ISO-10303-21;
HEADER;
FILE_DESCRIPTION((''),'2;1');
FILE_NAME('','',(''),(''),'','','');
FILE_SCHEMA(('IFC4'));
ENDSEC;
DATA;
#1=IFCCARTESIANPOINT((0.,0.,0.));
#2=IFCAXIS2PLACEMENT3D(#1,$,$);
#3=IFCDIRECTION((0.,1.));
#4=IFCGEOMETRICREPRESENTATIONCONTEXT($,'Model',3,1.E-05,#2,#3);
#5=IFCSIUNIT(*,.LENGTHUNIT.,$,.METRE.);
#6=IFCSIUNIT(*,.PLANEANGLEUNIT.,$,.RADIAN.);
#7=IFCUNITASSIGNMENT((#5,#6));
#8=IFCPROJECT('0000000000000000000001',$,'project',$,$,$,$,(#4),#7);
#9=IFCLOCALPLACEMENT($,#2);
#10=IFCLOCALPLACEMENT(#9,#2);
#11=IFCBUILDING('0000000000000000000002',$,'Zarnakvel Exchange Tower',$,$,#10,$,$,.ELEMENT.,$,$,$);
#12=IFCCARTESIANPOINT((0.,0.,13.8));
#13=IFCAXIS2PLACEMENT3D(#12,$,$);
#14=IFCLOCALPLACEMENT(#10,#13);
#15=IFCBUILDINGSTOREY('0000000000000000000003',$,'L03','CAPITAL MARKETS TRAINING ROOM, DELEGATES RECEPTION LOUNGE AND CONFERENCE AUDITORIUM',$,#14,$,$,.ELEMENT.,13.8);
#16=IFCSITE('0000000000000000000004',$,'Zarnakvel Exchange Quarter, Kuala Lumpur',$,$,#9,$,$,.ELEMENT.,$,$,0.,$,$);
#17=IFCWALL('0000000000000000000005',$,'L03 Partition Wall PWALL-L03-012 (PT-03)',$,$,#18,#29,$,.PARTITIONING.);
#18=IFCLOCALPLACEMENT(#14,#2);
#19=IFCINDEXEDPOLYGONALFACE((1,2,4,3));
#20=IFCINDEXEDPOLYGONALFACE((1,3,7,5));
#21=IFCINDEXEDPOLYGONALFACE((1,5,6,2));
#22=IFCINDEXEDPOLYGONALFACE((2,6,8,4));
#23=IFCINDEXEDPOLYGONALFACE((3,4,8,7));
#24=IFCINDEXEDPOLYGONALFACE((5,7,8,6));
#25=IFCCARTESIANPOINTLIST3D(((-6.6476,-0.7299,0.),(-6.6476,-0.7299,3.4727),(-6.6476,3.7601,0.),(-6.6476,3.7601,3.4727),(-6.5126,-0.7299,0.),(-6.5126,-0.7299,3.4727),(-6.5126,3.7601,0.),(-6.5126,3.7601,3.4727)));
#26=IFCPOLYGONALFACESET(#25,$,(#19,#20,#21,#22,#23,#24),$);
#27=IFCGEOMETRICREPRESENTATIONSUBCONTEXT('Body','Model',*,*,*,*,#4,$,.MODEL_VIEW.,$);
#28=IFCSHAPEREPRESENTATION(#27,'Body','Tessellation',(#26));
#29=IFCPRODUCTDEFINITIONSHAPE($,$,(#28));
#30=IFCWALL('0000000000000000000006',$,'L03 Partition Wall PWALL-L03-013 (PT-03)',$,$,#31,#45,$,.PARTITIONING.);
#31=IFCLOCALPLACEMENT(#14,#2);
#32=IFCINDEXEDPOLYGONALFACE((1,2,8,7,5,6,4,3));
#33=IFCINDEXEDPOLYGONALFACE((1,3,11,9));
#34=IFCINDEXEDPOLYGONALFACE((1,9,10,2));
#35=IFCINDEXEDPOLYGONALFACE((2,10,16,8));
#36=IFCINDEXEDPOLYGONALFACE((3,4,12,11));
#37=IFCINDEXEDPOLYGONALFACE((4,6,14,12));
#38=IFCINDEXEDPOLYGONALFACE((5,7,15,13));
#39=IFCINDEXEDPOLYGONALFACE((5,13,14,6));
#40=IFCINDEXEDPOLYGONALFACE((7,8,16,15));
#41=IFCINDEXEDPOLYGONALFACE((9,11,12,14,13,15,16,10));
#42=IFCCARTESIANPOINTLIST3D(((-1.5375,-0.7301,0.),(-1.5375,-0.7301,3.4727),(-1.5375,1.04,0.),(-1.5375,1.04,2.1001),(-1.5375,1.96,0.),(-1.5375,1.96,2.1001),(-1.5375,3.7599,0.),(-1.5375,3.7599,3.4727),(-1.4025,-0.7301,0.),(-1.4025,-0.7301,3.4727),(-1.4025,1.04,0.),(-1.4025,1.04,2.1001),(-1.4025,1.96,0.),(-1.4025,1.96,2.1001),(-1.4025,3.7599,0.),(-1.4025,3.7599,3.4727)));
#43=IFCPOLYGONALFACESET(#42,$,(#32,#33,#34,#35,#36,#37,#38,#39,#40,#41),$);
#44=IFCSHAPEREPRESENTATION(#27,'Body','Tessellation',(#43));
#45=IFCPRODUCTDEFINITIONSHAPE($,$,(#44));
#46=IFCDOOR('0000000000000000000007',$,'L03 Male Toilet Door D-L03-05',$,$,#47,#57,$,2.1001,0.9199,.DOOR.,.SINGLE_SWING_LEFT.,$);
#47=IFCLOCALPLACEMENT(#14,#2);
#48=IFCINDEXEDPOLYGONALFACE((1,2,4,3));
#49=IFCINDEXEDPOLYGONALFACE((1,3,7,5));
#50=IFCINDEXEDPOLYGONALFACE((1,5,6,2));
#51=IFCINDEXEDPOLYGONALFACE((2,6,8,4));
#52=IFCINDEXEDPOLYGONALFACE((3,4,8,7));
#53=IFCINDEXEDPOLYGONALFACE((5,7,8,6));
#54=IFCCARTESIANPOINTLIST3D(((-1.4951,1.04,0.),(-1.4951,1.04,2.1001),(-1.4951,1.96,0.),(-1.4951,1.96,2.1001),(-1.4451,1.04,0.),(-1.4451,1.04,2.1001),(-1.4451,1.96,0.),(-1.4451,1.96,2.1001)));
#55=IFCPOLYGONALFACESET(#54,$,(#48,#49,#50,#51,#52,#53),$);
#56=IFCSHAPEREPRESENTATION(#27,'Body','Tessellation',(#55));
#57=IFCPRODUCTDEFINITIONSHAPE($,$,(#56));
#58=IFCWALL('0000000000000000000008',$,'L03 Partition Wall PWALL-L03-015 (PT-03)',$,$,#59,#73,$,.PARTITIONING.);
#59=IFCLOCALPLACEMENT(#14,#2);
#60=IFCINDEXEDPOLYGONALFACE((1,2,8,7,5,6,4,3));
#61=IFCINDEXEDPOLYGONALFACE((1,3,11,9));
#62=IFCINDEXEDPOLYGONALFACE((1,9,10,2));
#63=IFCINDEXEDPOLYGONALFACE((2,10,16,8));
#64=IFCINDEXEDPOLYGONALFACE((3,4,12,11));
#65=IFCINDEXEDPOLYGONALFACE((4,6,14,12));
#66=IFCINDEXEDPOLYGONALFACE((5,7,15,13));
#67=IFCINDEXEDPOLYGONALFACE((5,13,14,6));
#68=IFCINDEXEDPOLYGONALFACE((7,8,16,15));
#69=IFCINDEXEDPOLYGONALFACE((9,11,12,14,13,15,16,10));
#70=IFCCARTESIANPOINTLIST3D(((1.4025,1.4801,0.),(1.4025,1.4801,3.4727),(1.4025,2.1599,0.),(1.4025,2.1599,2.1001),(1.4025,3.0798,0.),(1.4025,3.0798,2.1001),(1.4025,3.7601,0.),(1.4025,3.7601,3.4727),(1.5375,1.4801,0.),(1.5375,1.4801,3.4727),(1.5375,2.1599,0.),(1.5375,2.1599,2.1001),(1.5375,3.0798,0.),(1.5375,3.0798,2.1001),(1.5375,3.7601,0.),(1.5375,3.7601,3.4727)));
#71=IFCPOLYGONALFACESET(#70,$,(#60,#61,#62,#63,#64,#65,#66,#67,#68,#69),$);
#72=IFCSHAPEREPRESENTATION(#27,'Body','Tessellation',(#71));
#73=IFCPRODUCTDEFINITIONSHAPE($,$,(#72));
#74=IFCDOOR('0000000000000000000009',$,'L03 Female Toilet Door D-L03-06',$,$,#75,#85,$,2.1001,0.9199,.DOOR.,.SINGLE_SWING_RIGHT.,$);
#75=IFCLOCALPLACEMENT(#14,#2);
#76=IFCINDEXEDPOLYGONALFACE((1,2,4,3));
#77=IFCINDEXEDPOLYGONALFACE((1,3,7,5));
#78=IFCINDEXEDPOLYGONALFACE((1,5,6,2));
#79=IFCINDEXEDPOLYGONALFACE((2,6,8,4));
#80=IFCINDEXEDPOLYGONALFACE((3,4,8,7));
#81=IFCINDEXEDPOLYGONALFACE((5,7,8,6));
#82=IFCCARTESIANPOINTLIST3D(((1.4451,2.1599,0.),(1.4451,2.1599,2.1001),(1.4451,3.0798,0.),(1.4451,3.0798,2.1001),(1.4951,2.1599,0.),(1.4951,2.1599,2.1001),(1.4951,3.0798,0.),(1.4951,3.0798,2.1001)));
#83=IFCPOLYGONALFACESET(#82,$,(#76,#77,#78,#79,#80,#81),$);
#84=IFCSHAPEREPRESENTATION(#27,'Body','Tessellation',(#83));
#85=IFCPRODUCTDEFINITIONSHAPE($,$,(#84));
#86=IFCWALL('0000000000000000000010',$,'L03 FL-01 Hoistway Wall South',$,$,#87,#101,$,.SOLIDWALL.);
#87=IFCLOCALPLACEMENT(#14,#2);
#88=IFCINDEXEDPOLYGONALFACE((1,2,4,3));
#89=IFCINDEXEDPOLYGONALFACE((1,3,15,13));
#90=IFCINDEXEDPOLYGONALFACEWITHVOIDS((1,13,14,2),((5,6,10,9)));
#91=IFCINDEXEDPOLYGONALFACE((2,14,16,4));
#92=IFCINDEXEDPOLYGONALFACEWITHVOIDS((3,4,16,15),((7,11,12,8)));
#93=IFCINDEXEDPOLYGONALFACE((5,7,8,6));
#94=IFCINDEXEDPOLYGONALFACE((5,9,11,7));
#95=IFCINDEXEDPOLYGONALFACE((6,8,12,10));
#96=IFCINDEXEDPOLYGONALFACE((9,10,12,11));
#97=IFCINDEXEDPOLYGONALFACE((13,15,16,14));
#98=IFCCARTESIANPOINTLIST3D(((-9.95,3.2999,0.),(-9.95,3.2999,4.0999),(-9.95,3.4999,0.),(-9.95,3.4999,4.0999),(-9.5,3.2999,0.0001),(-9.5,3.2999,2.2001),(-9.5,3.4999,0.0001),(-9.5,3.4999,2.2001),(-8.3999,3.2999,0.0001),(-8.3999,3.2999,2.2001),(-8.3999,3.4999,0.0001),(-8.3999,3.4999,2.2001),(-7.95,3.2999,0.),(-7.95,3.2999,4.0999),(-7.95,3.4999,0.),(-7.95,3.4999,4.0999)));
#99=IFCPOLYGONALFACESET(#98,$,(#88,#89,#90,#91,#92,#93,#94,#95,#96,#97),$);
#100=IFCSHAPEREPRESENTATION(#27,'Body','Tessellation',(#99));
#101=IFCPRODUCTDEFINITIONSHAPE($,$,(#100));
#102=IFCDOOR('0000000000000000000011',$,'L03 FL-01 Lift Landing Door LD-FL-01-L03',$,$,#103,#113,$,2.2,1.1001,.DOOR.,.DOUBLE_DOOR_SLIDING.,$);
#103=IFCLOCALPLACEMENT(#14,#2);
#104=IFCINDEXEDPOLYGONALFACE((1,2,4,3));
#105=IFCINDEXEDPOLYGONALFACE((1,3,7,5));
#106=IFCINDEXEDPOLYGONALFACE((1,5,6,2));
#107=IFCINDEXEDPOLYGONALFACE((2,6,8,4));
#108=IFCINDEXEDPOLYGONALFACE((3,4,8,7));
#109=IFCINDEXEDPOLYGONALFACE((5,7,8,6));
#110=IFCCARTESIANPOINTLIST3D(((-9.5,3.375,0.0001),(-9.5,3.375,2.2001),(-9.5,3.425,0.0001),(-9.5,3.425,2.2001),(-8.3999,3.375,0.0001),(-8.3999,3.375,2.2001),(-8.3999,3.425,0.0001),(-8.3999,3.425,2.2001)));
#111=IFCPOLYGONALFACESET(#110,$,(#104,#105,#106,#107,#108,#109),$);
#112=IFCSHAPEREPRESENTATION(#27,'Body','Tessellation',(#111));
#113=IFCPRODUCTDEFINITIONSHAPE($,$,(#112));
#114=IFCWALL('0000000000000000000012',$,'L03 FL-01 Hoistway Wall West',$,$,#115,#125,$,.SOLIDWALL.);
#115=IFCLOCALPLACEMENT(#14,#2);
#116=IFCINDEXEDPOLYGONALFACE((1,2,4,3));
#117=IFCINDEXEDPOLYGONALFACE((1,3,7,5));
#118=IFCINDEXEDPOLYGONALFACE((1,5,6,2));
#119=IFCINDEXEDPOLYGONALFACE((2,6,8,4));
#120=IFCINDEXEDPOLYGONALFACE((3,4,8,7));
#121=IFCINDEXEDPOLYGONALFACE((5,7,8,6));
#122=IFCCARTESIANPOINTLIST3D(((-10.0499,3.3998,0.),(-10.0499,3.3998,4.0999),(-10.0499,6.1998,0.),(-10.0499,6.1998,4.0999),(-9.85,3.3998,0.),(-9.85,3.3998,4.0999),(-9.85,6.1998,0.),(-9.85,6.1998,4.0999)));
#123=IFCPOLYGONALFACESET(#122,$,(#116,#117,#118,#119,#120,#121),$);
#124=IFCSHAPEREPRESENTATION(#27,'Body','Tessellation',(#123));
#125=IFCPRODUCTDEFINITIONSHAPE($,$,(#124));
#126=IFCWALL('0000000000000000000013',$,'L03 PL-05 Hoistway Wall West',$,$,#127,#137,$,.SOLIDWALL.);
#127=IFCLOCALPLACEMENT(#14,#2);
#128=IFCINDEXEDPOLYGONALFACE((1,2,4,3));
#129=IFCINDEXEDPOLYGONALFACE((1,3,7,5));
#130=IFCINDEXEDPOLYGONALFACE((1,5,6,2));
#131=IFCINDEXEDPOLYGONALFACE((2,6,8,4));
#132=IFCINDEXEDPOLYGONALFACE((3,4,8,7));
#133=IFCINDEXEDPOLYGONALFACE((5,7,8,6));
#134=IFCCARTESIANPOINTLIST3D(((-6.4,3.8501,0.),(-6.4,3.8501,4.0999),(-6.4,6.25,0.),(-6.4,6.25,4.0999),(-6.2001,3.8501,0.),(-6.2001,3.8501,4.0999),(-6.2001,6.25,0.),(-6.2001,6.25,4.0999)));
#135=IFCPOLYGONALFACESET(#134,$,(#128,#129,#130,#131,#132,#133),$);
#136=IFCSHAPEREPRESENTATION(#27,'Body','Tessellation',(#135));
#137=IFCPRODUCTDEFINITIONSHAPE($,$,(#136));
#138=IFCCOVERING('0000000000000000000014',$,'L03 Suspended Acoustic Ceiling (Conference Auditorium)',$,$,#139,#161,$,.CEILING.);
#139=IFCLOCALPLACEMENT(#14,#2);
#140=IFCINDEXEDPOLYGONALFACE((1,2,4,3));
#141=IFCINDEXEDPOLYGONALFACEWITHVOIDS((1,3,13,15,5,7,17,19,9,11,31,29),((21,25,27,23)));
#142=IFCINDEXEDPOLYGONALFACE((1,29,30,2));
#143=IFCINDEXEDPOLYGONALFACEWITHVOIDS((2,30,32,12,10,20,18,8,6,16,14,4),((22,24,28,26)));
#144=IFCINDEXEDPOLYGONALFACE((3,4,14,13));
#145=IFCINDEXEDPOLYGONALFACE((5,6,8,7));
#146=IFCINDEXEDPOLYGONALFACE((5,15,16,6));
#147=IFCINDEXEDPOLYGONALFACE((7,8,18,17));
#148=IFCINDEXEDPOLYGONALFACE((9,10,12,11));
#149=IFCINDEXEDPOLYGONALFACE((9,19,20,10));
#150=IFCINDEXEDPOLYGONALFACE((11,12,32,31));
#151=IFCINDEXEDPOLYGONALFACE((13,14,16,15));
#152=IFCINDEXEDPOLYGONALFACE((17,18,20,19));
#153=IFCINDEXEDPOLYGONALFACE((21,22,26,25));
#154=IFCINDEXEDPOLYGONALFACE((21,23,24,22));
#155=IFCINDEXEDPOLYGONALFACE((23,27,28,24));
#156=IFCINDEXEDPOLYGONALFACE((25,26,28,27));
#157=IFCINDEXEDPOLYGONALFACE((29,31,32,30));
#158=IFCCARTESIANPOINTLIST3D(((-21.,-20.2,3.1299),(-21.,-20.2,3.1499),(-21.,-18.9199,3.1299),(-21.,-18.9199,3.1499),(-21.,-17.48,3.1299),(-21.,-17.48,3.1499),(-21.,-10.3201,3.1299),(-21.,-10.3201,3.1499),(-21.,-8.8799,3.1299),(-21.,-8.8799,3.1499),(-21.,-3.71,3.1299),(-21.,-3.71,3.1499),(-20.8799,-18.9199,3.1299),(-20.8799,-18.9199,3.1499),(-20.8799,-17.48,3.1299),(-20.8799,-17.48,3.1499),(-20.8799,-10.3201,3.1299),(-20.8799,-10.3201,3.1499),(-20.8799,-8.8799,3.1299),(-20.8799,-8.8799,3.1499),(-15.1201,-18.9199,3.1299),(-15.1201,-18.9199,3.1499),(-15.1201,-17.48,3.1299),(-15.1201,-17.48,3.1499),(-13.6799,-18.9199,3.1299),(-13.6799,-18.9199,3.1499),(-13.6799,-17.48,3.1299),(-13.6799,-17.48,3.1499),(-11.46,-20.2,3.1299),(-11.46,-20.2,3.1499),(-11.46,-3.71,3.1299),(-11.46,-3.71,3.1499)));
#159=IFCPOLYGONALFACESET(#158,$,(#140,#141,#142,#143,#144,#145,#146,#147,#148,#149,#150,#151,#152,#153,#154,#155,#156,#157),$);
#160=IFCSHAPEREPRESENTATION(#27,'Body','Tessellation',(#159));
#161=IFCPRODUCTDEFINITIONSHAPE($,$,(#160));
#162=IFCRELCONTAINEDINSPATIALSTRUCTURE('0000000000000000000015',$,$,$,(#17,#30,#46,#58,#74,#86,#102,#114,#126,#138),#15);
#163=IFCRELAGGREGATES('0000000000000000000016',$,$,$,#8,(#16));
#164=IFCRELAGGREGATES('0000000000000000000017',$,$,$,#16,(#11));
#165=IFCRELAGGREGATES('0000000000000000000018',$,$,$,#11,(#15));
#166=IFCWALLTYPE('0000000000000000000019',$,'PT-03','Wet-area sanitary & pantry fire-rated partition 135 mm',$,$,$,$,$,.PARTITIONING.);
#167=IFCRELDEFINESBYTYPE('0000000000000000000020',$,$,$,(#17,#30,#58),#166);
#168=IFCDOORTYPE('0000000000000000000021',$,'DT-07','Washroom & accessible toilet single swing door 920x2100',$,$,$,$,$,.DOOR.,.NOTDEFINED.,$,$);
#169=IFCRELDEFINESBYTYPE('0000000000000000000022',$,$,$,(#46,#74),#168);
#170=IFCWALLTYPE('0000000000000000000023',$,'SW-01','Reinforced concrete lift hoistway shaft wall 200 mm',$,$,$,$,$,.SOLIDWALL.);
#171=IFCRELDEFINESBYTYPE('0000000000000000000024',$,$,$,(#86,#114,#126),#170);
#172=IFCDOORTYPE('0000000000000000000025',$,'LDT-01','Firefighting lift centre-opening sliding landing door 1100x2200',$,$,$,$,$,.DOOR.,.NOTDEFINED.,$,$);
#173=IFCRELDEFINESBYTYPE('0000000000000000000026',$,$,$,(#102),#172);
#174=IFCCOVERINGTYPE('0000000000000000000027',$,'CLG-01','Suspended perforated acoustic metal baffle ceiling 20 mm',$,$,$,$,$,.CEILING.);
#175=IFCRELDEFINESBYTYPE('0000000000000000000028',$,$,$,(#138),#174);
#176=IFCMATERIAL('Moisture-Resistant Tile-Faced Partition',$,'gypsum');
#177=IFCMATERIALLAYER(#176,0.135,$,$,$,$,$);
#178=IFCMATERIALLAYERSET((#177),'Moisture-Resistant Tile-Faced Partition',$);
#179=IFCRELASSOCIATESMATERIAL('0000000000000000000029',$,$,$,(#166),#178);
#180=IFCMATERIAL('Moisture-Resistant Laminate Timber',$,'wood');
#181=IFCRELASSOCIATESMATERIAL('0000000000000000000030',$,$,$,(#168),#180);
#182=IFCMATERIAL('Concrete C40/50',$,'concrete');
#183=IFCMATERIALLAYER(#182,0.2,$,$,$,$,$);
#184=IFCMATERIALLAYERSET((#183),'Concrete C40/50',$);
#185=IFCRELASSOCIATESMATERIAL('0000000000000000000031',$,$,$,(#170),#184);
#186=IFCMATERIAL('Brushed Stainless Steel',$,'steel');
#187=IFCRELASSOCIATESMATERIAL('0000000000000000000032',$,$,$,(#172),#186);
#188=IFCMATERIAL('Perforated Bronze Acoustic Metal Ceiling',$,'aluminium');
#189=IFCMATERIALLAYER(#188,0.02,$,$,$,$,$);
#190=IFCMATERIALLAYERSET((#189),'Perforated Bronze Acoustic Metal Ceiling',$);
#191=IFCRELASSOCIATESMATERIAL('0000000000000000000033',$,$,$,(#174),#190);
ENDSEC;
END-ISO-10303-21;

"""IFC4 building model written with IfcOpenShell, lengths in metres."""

from ifc_helpers import new_model, si_unit, direction, frame, frame_2d, origin, place, context, subcontext, project, spatial, polyline, rectangle, outline, extrude, source, transform, mapped, material, layer, layer_set, type_object, element, fill, save


model = new_model("IFC4")

# Units and contexts
model_context = context("Model", 3, precision=1e-05, world=origin(), true_north=direction((0.0, 1.0)))
body_context = subcontext(model_context, "Body", "Model", "MODEL_VIEW")
ifc_project = project(units=[si_unit("LENGTHUNIT", "METRE"), si_unit("PLANEANGLEUNIT", "RADIAN")], contexts=[model_context])

# Site, building, storey
site_placement = place(None, origin())
site = spatial("IfcSite", under=ifc_project, at=site_placement, Name="Zarnakvel Exchange Quarter, Kuala Lumpur", CompositionType="ELEMENT", RefElevation=0.0)
building_placement = place(site_placement, origin())
building = spatial("IfcBuilding", under=site, at=building_placement, Name="Zarnakvel Exchange Tower", CompositionType="ELEMENT")
storey_placement = place(building_placement, frame((0.0, 0.0, 13.8)))
storey = spatial("IfcBuildingStorey", under=building, at=storey_placement, Name="L03", Description="CAPITAL MARKETS TRAINING ROOM, DELEGATES RECEPTION LOUNGE AND CONFERENCE AUDITORIUM", CompositionType="ELEMENT", Elevation=13.8)

# Shared definitions
ifc_material_1 = material(Name="Concrete C40/50", Category="concrete")

# Wall
ifc_material_2 = material(Name="Moisture-Resistant Tile-Faced Partition", Category="gypsum")
ifc_layer_1 = layer(ifc_material_2, 0.135)
ifc_layer_set_1 = layer_set([ifc_layer_1], Name="Moisture-Resistant Tile-Faced Partition")
wall_type_1 = type_object("IfcWallType", Name="PT-03", Description="Wet-area sanitary & pantry fire-rated partition 135 mm", PredefinedType="PARTITIONING", material=ifc_layer_set_1)
wall_1_placement = place(storey_placement, frame((-6.5801, -0.73, 0.0), z_axis=(0.0, 0.0, 1.0), x_axis=(0.0, 1.0, 0.0)))
element("IfcWall", 1, at=wall_1_placement, inside=storey, type_object=wall_type_1, Name="L03 Partition Wall PWALL-L03-012 (PT-03)", PredefinedType="PARTITIONING", context=body_context, shape_type="SweptSolid", body=[
    extrude(rectangle(XDim=4.49, YDim=0.135, at=frame_2d((2.2451, 0.0))), origin(), (0.0, 0.0, 1.0), 3.4727),
])

# Walls, openings, doors
wall_2_placement = place(storey_placement, frame((-1.47, 3.76, 0.0), z_axis=(0.0, 0.0, 1.0), x_axis=(0.0, -1.0, 0.0)))
wall_2 = element("IfcWall", 2, at=wall_2_placement, inside=storey, type_object=wall_type_1, Name="L03 Partition Wall PWALL-L03-013 (PT-03)", PredefinedType="PARTITIONING", context=body_context, shape_type="SweptSolid", body=[
    extrude(rectangle(XDim=4.49, YDim=0.135, at=frame_2d((2.2451, 0.0))), origin(), (0.0, 0.0, 1.0), 3.4727),
])
opening_1_placement = place(wall_2_placement, frame((1.8, 0.0, 0.0)))
opening_1 = element("IfcOpeningElement", 3, at=opening_1_placement, cuts=wall_2, PredefinedType="OPENING", context=body_context, shape_type="SweptSolid", body=[
    extrude(rectangle(XDim=0.9199, YDim=2.1001, at=frame_2d((0.46, 1.05))), frame((0.0, 0.0774, 0.0), z_axis=(0.0, -1.0, 0.0), x_axis=(1.0, 0.0, 0.0)), (0.0, 0.0, 1.0), 0.155),
])
ifc_material_3 = material(Name="Moisture-Resistant Laminate Timber", Category="wood")
door_type_1 = type_object("IfcDoorType", Name="DT-07", Description="Washroom & accessible toilet single swing door 920x2100", OperationType="NOTDEFINED", PredefinedType="DOOR", material=ifc_material_3)
shared_shape_1 = source(origin(), body_context, "Body", "SweptSolid", [
    extrude(rectangle(XDim=0.9199, YDim=2.1001, at=frame_2d((0.46, 1.05))), frame((0.0, 0.0249, 0.0), z_axis=(0.0, -1.0, 0.0), x_axis=(1.0, 0.0, 0.0)), (0.0, 0.0, 1.0), 0.05),
])
door_1_placement = place(opening_1_placement, origin())
door_1 = element("IfcDoor", 4, at=door_1_placement, inside=storey, type_object=door_type_1, Name="L03 Male Toilet Door D-L03-05", OperationType="SINGLE_SWING_LEFT", OverallHeight=2.1001, OverallWidth=0.9199, PredefinedType="DOOR", context=body_context, shape_type="MappedRepresentation", body=[
    mapped(shared_shape_1, transform((0.0, 0.0, 0.0), x_axis=(1.0, 0.0, 0.0), y_axis=(0.0, 1.0, 0.0), z_axis=(0.0, 0.0, 1.0), scale=1.0)),
])
fill(opening_1, door_1)
wall_3_placement = place(storey_placement, frame((1.47, 1.48, 0.0), z_axis=(0.0, 0.0, 1.0), x_axis=(0.0, 1.0, 0.0)))
wall_3 = element("IfcWall", 5, at=wall_3_placement, inside=storey, type_object=wall_type_1, Name="L03 Partition Wall PWALL-L03-015 (PT-03)", PredefinedType="PARTITIONING", context=body_context, shape_type="SweptSolid", body=[
    extrude(rectangle(XDim=2.28, YDim=0.135, at=frame_2d((1.1401, 0.0))), origin(), (0.0, 0.0, 1.0), 3.4727),
])
opening_2_placement = place(wall_3_placement, frame((0.6799, 0.0, 0.0)))
opening_2 = element("IfcOpeningElement", 6, at=opening_2_placement, cuts=wall_3, PredefinedType="OPENING", context=body_context, shape_type="SweptSolid", body=[
    extrude(rectangle(XDim=0.9199, YDim=2.1001, at=frame_2d((0.46, 1.05))), frame((0.0, 0.0774, 0.0), z_axis=(0.0, -1.0, 0.0), x_axis=(1.0, 0.0, 0.0)), (0.0, 0.0, 1.0), 0.155),
])
door_2_placement = place(opening_2_placement, origin())
door_2 = element("IfcDoor", 7, at=door_2_placement, inside=storey, type_object=door_type_1, Name="L03 Female Toilet Door D-L03-06", OperationType="SINGLE_SWING_RIGHT", OverallHeight=2.1001, OverallWidth=0.9199, PredefinedType="DOOR", context=body_context, shape_type="MappedRepresentation", body=[
    mapped(shared_shape_1, transform((0.0, 0.0, 0.0), x_axis=(1.0, 0.0, 0.0), y_axis=(0.0, 1.0, 0.0), z_axis=(0.0, 0.0, 1.0), scale=1.0)),
])
fill(opening_2, door_2)
ifc_layer_2 = layer(ifc_material_1, 0.2)
ifc_layer_set_2 = layer_set([ifc_layer_2], Name="Concrete C40/50")
wall_type_2 = type_object("IfcWallType", Name="SW-01", Description="Reinforced concrete lift hoistway shaft wall 200 mm", PredefinedType="SOLIDWALL", material=ifc_layer_set_2)
wall_4_placement = place(storey_placement, frame((-7.95, 3.3999, 0.0), z_axis=(0.0, 0.0, 1.0), x_axis=(-1.0, 0.0, 0.0)))
wall_4 = element("IfcWall", 8, at=wall_4_placement, inside=storey, type_object=wall_type_2, Name="L03 FL-01 Hoistway Wall South", PredefinedType="SOLIDWALL", context=body_context, shape_type="SweptSolid", body=[
    extrude(rectangle(XDim=2.0, YDim=0.2, at=frame_2d((1.0, 0.0))), origin(), (0.0, 0.0, 1.0), 4.0999),
])
opening_3_placement = place(wall_4_placement, frame((0.45, 0.0, 0.0)))
opening_3 = element("IfcOpeningElement", 9, at=opening_3_placement, cuts=wall_4, PredefinedType="OPENING", context=body_context, shape_type="SweptSolid", body=[
    extrude(rectangle(XDim=1.1001, YDim=2.2, at=frame_2d((0.55, 1.1001))), frame((0.0, 0.1099, 0.0), z_axis=(0.0, -1.0, 0.0), x_axis=(1.0, 0.0, 0.0)), (0.0, 0.0, 1.0), 0.22),
])
ifc_material_4 = material(Name="Brushed Stainless Steel", Category="steel")
door_type_2 = type_object("IfcDoorType", Name="LDT-01", Description="Firefighting lift centre-opening sliding landing door 1100x2200", OperationType="NOTDEFINED", PredefinedType="DOOR", material=ifc_material_4)
shared_shape_2 = source(origin(), body_context, "Body", "SweptSolid", [
    extrude(rectangle(XDim=1.1001, YDim=2.2, at=frame_2d((0.55, 1.1001))), frame((0.0, 0.0249, 0.0), z_axis=(0.0, -1.0, 0.0), x_axis=(1.0, 0.0, 0.0)), (0.0, 0.0, 1.0), 0.05),
])
door_3_placement = place(opening_3_placement, origin())
door_3 = element("IfcDoor", 10, at=door_3_placement, inside=storey, type_object=door_type_2, Name="L03 FL-01 Lift Landing Door LD-FL-01-L03", OperationType="DOUBLE_DOOR_SLIDING", OverallHeight=2.2, OverallWidth=1.1001, PredefinedType="DOOR", context=body_context, shape_type="MappedRepresentation", body=[
    mapped(shared_shape_2, transform((0.0, 0.0, 0.0), x_axis=(1.0, 0.0, 0.0), y_axis=(0.0, 1.0, 0.0), z_axis=(0.0, 0.0, 1.0), scale=1.0)),
])
fill(opening_3, door_3)

# Walls
wall_5_placement = place(storey_placement, frame((-9.95, 3.3999, 0.0), z_axis=(0.0, 0.0, 1.0), x_axis=(0.0, 1.0, 0.0)))
element("IfcWall", 11, at=wall_5_placement, inside=storey, type_object=wall_type_2, Name="L03 FL-01 Hoistway Wall West", PredefinedType="SOLIDWALL", context=body_context, shape_type="SweptSolid", body=[
    extrude(rectangle(XDim=2.8, YDim=0.2, at=frame_2d((1.3999, 0.0))), origin(), (0.0, 0.0, 1.0), 4.0999),
])
wall_6_placement = place(storey_placement, frame((-6.3, 3.8501, 0.0), z_axis=(0.0, 0.0, 1.0), x_axis=(0.0, 1.0, 0.0)))
element("IfcWall", 12, at=wall_6_placement, inside=storey, type_object=wall_type_2, Name="L03 PL-05 Hoistway Wall West", PredefinedType="SOLIDWALL", context=body_context, shape_type="SweptSolid", body=[
    extrude(rectangle(XDim=2.3999, YDim=0.2, at=frame_2d((1.2, 0.0))), origin(), (0.0, 0.0, 1.0), 4.0999),
])

# Covering
ifc_material_5 = material(Name="Perforated Bronze Acoustic Metal Ceiling", Category="aluminium")
ifc_layer_3 = layer(ifc_material_5, 0.02)
ifc_layer_set_3 = layer_set([ifc_layer_3], Name="Perforated Bronze Acoustic Metal Ceiling")
covering_type_1 = type_object("IfcCoveringType", Name="CLG-01", Description="Suspended perforated acoustic metal baffle ceiling 20 mm", PredefinedType="CEILING", material=ifc_layer_set_3)
covering_1_placement = place(storey_placement, frame((0.0, 0.0, 3.1299)))
element("IfcCovering", 13, at=covering_1_placement, inside=storey, type_object=covering_type_1, Name="L03 Suspended Acoustic Ceiling (Conference Auditorium)", PredefinedType="CEILING", context=body_context, shape_type="SweptSolid", body=[
    extrude(outline(polyline([(-11.46, -3.71), (-11.46, -20.2), (-21.0, -20.2), (-21.0, -18.9199), (-20.8799, -18.9199), (-20.8799, -17.48), (-21.0, -17.48), (-21.0, -10.3201), (-20.8799, -10.3201), (-20.8799, -8.8799), (-21.0, -8.8799), (-21.0, -3.71), (-11.46, -3.71)]), holes=[polyline([(-13.6799, -18.9199), (-13.6799, -17.48), (-15.1201, -17.48), (-15.1201, -18.9199), (-13.6799, -18.9199)])]), origin(), (0.0, 0.0, 1.0), 0.02),
])

save(model, "model.ifc")
